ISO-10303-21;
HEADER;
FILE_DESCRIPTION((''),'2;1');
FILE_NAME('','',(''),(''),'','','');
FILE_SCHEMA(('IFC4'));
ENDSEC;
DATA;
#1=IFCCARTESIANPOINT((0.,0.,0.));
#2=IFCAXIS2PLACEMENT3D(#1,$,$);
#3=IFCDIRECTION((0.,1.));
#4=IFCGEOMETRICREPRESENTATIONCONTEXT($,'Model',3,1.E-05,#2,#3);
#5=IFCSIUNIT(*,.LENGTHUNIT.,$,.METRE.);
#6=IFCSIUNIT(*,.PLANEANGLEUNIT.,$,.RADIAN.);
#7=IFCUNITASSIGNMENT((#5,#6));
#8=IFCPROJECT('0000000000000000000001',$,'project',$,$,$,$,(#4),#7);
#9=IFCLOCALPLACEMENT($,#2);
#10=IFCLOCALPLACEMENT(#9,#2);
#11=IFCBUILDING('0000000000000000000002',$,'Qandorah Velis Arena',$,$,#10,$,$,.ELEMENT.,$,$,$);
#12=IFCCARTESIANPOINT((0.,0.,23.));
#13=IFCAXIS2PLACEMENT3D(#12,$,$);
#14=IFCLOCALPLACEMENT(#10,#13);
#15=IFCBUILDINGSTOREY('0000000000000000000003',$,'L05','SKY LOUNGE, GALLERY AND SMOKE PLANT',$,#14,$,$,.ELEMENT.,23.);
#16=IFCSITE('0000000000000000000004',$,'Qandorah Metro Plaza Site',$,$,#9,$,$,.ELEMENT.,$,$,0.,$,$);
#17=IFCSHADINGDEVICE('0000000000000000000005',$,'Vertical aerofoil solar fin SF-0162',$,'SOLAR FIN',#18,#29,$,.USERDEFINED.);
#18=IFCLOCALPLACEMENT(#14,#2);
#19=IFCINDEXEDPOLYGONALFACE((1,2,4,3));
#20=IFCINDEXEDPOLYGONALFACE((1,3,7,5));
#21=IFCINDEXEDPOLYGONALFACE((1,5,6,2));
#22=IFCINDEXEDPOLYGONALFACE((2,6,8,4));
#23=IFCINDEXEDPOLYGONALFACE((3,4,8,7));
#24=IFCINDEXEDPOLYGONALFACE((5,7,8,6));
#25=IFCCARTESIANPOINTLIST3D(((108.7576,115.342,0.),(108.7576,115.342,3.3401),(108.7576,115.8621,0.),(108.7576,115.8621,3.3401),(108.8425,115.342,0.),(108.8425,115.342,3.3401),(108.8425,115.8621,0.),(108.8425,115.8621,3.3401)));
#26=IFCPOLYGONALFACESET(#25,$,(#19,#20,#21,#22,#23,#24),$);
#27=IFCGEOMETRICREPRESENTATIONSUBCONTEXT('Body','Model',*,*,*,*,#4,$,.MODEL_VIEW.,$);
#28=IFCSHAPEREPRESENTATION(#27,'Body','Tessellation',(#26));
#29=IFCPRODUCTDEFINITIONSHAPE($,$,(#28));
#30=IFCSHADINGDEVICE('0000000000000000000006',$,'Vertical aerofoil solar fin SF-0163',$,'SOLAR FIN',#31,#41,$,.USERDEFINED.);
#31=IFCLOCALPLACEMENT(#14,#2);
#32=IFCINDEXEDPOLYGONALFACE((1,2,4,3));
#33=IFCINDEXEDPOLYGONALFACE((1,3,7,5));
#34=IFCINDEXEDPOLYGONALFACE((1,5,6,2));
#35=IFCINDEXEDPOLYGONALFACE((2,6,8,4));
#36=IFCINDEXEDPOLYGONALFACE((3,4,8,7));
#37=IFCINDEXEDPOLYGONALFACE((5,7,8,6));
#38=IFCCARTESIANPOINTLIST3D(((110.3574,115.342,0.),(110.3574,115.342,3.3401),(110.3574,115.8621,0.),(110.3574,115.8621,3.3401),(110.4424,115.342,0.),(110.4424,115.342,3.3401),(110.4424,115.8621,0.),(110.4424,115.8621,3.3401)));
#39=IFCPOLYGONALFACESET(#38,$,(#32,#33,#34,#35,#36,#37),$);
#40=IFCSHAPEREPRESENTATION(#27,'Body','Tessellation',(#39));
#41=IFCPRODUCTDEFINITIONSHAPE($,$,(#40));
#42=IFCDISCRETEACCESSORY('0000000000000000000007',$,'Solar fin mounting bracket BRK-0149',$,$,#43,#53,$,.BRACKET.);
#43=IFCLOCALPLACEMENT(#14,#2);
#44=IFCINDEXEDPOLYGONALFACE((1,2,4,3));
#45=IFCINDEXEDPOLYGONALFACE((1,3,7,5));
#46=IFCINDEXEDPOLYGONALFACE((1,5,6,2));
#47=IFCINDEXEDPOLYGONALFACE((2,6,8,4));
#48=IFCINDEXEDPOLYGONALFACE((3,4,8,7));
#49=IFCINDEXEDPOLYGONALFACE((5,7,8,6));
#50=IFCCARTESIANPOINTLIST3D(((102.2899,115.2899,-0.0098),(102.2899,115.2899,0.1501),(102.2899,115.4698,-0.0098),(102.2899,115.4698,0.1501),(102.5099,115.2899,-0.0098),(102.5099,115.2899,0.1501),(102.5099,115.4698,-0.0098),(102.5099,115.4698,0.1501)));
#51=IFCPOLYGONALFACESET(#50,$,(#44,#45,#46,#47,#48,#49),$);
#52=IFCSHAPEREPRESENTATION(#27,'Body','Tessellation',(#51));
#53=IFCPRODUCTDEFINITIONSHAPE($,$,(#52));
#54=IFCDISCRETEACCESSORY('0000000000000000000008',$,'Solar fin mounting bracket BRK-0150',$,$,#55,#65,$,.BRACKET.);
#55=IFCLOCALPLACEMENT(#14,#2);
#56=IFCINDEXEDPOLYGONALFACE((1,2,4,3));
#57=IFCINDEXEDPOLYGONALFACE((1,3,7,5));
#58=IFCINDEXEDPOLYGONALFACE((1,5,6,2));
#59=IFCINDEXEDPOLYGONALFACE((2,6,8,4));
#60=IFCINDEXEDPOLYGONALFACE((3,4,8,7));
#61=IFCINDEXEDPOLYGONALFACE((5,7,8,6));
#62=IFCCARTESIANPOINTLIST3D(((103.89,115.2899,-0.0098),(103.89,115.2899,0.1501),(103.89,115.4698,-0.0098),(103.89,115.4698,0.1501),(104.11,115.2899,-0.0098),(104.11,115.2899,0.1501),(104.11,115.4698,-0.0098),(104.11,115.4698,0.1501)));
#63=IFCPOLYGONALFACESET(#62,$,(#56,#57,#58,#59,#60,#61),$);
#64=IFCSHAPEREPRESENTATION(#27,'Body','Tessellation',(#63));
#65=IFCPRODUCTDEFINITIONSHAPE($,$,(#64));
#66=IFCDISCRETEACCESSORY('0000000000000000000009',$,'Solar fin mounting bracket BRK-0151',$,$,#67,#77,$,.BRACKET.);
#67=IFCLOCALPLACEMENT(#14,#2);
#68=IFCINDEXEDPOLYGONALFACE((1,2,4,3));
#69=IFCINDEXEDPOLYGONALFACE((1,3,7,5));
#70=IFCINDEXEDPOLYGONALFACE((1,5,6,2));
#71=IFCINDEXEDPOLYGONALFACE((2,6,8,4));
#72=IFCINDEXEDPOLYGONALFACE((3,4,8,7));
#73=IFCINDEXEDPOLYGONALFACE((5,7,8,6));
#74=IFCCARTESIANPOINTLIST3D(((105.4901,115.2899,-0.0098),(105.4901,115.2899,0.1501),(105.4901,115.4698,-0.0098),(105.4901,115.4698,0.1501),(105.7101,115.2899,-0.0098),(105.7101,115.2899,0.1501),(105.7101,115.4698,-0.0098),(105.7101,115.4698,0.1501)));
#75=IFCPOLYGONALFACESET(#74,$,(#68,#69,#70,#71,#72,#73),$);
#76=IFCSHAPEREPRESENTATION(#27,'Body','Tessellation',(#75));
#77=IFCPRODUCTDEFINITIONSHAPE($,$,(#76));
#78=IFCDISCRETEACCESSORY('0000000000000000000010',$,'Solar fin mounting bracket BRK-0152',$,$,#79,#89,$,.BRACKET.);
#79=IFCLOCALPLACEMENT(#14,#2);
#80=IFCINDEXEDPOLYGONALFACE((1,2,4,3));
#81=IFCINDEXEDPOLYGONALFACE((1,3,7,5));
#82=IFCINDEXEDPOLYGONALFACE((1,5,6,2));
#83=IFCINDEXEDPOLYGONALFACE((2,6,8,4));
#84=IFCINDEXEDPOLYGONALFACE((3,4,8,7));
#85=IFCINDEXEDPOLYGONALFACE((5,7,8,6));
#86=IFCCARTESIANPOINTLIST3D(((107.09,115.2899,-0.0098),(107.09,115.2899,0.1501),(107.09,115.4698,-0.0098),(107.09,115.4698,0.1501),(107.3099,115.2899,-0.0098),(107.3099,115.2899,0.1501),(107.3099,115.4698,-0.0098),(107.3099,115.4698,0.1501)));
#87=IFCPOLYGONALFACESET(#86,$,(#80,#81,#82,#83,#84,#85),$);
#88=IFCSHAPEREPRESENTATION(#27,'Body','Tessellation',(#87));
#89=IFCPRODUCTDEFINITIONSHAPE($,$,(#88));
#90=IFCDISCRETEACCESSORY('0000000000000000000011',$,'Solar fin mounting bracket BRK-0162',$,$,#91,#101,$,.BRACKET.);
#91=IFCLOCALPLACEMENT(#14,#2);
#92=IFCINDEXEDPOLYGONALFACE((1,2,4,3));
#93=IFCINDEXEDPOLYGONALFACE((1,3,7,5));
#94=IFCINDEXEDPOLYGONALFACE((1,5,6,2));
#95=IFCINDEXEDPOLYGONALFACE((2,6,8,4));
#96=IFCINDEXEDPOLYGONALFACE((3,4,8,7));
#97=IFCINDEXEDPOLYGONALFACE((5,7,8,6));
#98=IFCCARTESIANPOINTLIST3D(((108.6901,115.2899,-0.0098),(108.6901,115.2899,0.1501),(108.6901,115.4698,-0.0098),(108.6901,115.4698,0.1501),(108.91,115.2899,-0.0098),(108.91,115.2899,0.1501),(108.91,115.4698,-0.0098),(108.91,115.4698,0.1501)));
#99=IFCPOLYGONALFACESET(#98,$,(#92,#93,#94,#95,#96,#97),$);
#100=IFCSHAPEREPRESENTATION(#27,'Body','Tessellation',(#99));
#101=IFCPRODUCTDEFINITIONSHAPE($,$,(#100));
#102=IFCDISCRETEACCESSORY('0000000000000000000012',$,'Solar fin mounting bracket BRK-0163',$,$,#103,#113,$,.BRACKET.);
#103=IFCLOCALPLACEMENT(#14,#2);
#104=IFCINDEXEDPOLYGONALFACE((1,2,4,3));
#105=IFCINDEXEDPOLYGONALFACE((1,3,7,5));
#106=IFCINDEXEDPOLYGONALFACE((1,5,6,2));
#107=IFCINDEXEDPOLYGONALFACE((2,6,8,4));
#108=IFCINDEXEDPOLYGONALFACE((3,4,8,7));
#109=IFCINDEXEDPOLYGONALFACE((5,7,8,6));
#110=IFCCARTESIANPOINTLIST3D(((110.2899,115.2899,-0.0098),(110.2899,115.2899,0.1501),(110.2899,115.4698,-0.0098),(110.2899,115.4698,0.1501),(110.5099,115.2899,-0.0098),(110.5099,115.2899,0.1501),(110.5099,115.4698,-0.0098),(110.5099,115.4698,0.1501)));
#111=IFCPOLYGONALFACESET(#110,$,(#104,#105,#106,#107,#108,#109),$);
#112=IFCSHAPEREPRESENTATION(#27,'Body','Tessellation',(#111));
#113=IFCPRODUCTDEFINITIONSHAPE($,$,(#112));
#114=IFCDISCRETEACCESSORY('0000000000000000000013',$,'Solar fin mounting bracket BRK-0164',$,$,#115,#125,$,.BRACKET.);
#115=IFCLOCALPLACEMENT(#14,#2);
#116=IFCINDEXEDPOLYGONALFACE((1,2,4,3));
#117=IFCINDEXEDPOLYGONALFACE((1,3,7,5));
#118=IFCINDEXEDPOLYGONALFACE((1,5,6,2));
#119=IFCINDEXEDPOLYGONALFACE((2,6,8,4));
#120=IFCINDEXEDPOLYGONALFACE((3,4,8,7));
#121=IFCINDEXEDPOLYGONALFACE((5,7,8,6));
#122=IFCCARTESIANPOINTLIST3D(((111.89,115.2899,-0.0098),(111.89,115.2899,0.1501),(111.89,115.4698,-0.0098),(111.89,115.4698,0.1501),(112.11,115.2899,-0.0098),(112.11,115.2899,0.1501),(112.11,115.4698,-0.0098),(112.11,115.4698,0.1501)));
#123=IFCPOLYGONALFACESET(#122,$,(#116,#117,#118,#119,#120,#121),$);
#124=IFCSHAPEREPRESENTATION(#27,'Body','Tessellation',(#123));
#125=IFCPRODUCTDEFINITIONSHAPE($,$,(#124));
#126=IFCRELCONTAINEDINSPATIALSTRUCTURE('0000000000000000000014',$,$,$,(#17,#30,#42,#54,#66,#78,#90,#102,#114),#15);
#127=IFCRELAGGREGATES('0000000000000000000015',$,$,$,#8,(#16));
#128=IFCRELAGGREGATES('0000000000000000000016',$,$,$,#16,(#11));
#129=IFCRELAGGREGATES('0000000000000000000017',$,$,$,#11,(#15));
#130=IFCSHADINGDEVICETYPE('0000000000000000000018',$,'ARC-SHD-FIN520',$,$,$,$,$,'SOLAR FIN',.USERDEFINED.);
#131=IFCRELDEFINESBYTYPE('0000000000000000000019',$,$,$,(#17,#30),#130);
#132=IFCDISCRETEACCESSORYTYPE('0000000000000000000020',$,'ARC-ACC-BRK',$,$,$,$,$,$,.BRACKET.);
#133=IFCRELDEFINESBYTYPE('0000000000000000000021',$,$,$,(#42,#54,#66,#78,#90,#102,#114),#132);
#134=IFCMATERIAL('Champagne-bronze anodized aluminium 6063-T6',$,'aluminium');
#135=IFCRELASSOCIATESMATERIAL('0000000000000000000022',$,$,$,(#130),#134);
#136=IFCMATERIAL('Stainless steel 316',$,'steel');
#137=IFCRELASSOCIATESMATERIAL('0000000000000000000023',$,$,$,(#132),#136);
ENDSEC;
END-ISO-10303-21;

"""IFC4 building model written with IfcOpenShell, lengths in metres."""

from ifc_helpers import new_model, si_unit, direction, frame, origin, origin_2d, place, context, subcontext, project, spatial, rectangle, extrude, material, type_object, element, save


model = new_model("IFC4")

# Units and contexts
model_context = context("Model", 3, precision=1e-05, world=origin(), true_north=direction((0.0, 1.0)))
body_context = subcontext(model_context, "Body", "Model", "MODEL_VIEW")
ifc_project = project(units=[si_unit("LENGTHUNIT", "METRE"), si_unit("PLANEANGLEUNIT", "RADIAN")], contexts=[model_context])

# Site, building, storey
site_placement = place(None, origin())
site = spatial("IfcSite", under=ifc_project, at=site_placement, Name="Qandorah Metro Plaza Site", CompositionType="ELEMENT", RefElevation=0.0)
building_placement = place(site_placement, origin())
building = spatial("IfcBuilding", under=site, at=building_placement, Name="Qandorah Velis Arena", CompositionType="ELEMENT")
storey_placement = place(building_placement, frame((0.0, 0.0, 23.0)))
storey = spatial("IfcBuildingStorey", under=building, at=storey_placement, Name="L05", Description="SKY LOUNGE, GALLERY AND SMOKE PLANT", CompositionType="ELEMENT", Elevation=23.0)

# Shared definitions
ifc_material_1 = material(Name="Champagne-bronze anodized aluminium 6063-T6", Category="aluminium")

# Shading devices
shading_device_type = type_object("IfcShadingDeviceType", Name="ARC-SHD-FIN520", ElementType="SOLAR FIN", PredefinedType="USERDEFINED", material=ifc_material_1)
for number, where, z_axis, x_axis, name in (
    (1, (108.8, 115.6021, 0.0), (0.0, 0.0, 1.0), (1.0, 0.0, 0.0), "Vertical aerofoil solar fin SF-0162"),
    (2, (110.3999, 115.6021, 0.0), (0.0, 0.0, 1.0), (1.0, 0.0, 0.0), "Vertical aerofoil solar fin SF-0163"),
):
    element("IfcShadingDevice", number, at=place(storey_placement, frame(where, z_axis=z_axis, x_axis=x_axis)), inside=storey, type_object=shading_device_type, Name=name, ObjectType="SOLAR FIN", PredefinedType="USERDEFINED", context=body_context, shape_type="SweptSolid", body=[
        extrude(rectangle(XDim=0.085, YDim=0.52, at=origin_2d()), origin(), (0.0, 0.0, 1.0), 3.3401),
    ])

# Discrete accessories
ifc_material_2 = material(Name="Stainless steel 316", Category="steel")
discrete_accessory_type = type_object("IfcDiscreteAccessoryType", Name="ARC-ACC-BRK", PredefinedType="BRACKET", material=ifc_material_2)
for number, where, z_axis, x_axis, name in (
    (3, (102.3999, 115.3799, -0.0098), (0.0, 0.0, 1.0), (1.0, 0.0, 0.0), "Solar fin mounting bracket BRK-0149"),
    (4, (104.0, 115.3799, -0.0098), (0.0, 0.0, 1.0), (1.0, 0.0, 0.0), "Solar fin mounting bracket BRK-0150"),
    (5, (105.6001, 115.3799, -0.0098), (0.0, 0.0, 1.0), (1.0, 0.0, 0.0), "Solar fin mounting bracket BRK-0151"),
    (6, (107.2, 115.3799, -0.0098), (0.0, 0.0, 1.0), (1.0, 0.0, 0.0), "Solar fin mounting bracket BRK-0152"),
    (7, (108.8, 115.3799, -0.0098), (0.0, 0.0, 1.0), (1.0, 0.0, 0.0), "Solar fin mounting bracket BRK-0162"),
    (8, (110.3999, 115.3799, -0.0098), (0.0, 0.0, 1.0), (1.0, 0.0, 0.0), "Solar fin mounting bracket BRK-0163"),
    (9, (112.0, 115.3799, -0.0098), (0.0, 0.0, 1.0), (1.0, 0.0, 0.0), "Solar fin mounting bracket BRK-0164"),
):
    element("IfcDiscreteAccessory", number, at=place(storey_placement, frame(where, z_axis=z_axis, x_axis=x_axis)), inside=storey, type_object=discrete_accessory_type, Name=name, PredefinedType="BRACKET", context=body_context, shape_type="SweptSolid", body=[
        extrude(rectangle(XDim=0.22, YDim=0.1799, at=origin_2d()), origin(), (0.0, 0.0, 1.0), 0.1599),
    ])

save(model, "model.ifc")
